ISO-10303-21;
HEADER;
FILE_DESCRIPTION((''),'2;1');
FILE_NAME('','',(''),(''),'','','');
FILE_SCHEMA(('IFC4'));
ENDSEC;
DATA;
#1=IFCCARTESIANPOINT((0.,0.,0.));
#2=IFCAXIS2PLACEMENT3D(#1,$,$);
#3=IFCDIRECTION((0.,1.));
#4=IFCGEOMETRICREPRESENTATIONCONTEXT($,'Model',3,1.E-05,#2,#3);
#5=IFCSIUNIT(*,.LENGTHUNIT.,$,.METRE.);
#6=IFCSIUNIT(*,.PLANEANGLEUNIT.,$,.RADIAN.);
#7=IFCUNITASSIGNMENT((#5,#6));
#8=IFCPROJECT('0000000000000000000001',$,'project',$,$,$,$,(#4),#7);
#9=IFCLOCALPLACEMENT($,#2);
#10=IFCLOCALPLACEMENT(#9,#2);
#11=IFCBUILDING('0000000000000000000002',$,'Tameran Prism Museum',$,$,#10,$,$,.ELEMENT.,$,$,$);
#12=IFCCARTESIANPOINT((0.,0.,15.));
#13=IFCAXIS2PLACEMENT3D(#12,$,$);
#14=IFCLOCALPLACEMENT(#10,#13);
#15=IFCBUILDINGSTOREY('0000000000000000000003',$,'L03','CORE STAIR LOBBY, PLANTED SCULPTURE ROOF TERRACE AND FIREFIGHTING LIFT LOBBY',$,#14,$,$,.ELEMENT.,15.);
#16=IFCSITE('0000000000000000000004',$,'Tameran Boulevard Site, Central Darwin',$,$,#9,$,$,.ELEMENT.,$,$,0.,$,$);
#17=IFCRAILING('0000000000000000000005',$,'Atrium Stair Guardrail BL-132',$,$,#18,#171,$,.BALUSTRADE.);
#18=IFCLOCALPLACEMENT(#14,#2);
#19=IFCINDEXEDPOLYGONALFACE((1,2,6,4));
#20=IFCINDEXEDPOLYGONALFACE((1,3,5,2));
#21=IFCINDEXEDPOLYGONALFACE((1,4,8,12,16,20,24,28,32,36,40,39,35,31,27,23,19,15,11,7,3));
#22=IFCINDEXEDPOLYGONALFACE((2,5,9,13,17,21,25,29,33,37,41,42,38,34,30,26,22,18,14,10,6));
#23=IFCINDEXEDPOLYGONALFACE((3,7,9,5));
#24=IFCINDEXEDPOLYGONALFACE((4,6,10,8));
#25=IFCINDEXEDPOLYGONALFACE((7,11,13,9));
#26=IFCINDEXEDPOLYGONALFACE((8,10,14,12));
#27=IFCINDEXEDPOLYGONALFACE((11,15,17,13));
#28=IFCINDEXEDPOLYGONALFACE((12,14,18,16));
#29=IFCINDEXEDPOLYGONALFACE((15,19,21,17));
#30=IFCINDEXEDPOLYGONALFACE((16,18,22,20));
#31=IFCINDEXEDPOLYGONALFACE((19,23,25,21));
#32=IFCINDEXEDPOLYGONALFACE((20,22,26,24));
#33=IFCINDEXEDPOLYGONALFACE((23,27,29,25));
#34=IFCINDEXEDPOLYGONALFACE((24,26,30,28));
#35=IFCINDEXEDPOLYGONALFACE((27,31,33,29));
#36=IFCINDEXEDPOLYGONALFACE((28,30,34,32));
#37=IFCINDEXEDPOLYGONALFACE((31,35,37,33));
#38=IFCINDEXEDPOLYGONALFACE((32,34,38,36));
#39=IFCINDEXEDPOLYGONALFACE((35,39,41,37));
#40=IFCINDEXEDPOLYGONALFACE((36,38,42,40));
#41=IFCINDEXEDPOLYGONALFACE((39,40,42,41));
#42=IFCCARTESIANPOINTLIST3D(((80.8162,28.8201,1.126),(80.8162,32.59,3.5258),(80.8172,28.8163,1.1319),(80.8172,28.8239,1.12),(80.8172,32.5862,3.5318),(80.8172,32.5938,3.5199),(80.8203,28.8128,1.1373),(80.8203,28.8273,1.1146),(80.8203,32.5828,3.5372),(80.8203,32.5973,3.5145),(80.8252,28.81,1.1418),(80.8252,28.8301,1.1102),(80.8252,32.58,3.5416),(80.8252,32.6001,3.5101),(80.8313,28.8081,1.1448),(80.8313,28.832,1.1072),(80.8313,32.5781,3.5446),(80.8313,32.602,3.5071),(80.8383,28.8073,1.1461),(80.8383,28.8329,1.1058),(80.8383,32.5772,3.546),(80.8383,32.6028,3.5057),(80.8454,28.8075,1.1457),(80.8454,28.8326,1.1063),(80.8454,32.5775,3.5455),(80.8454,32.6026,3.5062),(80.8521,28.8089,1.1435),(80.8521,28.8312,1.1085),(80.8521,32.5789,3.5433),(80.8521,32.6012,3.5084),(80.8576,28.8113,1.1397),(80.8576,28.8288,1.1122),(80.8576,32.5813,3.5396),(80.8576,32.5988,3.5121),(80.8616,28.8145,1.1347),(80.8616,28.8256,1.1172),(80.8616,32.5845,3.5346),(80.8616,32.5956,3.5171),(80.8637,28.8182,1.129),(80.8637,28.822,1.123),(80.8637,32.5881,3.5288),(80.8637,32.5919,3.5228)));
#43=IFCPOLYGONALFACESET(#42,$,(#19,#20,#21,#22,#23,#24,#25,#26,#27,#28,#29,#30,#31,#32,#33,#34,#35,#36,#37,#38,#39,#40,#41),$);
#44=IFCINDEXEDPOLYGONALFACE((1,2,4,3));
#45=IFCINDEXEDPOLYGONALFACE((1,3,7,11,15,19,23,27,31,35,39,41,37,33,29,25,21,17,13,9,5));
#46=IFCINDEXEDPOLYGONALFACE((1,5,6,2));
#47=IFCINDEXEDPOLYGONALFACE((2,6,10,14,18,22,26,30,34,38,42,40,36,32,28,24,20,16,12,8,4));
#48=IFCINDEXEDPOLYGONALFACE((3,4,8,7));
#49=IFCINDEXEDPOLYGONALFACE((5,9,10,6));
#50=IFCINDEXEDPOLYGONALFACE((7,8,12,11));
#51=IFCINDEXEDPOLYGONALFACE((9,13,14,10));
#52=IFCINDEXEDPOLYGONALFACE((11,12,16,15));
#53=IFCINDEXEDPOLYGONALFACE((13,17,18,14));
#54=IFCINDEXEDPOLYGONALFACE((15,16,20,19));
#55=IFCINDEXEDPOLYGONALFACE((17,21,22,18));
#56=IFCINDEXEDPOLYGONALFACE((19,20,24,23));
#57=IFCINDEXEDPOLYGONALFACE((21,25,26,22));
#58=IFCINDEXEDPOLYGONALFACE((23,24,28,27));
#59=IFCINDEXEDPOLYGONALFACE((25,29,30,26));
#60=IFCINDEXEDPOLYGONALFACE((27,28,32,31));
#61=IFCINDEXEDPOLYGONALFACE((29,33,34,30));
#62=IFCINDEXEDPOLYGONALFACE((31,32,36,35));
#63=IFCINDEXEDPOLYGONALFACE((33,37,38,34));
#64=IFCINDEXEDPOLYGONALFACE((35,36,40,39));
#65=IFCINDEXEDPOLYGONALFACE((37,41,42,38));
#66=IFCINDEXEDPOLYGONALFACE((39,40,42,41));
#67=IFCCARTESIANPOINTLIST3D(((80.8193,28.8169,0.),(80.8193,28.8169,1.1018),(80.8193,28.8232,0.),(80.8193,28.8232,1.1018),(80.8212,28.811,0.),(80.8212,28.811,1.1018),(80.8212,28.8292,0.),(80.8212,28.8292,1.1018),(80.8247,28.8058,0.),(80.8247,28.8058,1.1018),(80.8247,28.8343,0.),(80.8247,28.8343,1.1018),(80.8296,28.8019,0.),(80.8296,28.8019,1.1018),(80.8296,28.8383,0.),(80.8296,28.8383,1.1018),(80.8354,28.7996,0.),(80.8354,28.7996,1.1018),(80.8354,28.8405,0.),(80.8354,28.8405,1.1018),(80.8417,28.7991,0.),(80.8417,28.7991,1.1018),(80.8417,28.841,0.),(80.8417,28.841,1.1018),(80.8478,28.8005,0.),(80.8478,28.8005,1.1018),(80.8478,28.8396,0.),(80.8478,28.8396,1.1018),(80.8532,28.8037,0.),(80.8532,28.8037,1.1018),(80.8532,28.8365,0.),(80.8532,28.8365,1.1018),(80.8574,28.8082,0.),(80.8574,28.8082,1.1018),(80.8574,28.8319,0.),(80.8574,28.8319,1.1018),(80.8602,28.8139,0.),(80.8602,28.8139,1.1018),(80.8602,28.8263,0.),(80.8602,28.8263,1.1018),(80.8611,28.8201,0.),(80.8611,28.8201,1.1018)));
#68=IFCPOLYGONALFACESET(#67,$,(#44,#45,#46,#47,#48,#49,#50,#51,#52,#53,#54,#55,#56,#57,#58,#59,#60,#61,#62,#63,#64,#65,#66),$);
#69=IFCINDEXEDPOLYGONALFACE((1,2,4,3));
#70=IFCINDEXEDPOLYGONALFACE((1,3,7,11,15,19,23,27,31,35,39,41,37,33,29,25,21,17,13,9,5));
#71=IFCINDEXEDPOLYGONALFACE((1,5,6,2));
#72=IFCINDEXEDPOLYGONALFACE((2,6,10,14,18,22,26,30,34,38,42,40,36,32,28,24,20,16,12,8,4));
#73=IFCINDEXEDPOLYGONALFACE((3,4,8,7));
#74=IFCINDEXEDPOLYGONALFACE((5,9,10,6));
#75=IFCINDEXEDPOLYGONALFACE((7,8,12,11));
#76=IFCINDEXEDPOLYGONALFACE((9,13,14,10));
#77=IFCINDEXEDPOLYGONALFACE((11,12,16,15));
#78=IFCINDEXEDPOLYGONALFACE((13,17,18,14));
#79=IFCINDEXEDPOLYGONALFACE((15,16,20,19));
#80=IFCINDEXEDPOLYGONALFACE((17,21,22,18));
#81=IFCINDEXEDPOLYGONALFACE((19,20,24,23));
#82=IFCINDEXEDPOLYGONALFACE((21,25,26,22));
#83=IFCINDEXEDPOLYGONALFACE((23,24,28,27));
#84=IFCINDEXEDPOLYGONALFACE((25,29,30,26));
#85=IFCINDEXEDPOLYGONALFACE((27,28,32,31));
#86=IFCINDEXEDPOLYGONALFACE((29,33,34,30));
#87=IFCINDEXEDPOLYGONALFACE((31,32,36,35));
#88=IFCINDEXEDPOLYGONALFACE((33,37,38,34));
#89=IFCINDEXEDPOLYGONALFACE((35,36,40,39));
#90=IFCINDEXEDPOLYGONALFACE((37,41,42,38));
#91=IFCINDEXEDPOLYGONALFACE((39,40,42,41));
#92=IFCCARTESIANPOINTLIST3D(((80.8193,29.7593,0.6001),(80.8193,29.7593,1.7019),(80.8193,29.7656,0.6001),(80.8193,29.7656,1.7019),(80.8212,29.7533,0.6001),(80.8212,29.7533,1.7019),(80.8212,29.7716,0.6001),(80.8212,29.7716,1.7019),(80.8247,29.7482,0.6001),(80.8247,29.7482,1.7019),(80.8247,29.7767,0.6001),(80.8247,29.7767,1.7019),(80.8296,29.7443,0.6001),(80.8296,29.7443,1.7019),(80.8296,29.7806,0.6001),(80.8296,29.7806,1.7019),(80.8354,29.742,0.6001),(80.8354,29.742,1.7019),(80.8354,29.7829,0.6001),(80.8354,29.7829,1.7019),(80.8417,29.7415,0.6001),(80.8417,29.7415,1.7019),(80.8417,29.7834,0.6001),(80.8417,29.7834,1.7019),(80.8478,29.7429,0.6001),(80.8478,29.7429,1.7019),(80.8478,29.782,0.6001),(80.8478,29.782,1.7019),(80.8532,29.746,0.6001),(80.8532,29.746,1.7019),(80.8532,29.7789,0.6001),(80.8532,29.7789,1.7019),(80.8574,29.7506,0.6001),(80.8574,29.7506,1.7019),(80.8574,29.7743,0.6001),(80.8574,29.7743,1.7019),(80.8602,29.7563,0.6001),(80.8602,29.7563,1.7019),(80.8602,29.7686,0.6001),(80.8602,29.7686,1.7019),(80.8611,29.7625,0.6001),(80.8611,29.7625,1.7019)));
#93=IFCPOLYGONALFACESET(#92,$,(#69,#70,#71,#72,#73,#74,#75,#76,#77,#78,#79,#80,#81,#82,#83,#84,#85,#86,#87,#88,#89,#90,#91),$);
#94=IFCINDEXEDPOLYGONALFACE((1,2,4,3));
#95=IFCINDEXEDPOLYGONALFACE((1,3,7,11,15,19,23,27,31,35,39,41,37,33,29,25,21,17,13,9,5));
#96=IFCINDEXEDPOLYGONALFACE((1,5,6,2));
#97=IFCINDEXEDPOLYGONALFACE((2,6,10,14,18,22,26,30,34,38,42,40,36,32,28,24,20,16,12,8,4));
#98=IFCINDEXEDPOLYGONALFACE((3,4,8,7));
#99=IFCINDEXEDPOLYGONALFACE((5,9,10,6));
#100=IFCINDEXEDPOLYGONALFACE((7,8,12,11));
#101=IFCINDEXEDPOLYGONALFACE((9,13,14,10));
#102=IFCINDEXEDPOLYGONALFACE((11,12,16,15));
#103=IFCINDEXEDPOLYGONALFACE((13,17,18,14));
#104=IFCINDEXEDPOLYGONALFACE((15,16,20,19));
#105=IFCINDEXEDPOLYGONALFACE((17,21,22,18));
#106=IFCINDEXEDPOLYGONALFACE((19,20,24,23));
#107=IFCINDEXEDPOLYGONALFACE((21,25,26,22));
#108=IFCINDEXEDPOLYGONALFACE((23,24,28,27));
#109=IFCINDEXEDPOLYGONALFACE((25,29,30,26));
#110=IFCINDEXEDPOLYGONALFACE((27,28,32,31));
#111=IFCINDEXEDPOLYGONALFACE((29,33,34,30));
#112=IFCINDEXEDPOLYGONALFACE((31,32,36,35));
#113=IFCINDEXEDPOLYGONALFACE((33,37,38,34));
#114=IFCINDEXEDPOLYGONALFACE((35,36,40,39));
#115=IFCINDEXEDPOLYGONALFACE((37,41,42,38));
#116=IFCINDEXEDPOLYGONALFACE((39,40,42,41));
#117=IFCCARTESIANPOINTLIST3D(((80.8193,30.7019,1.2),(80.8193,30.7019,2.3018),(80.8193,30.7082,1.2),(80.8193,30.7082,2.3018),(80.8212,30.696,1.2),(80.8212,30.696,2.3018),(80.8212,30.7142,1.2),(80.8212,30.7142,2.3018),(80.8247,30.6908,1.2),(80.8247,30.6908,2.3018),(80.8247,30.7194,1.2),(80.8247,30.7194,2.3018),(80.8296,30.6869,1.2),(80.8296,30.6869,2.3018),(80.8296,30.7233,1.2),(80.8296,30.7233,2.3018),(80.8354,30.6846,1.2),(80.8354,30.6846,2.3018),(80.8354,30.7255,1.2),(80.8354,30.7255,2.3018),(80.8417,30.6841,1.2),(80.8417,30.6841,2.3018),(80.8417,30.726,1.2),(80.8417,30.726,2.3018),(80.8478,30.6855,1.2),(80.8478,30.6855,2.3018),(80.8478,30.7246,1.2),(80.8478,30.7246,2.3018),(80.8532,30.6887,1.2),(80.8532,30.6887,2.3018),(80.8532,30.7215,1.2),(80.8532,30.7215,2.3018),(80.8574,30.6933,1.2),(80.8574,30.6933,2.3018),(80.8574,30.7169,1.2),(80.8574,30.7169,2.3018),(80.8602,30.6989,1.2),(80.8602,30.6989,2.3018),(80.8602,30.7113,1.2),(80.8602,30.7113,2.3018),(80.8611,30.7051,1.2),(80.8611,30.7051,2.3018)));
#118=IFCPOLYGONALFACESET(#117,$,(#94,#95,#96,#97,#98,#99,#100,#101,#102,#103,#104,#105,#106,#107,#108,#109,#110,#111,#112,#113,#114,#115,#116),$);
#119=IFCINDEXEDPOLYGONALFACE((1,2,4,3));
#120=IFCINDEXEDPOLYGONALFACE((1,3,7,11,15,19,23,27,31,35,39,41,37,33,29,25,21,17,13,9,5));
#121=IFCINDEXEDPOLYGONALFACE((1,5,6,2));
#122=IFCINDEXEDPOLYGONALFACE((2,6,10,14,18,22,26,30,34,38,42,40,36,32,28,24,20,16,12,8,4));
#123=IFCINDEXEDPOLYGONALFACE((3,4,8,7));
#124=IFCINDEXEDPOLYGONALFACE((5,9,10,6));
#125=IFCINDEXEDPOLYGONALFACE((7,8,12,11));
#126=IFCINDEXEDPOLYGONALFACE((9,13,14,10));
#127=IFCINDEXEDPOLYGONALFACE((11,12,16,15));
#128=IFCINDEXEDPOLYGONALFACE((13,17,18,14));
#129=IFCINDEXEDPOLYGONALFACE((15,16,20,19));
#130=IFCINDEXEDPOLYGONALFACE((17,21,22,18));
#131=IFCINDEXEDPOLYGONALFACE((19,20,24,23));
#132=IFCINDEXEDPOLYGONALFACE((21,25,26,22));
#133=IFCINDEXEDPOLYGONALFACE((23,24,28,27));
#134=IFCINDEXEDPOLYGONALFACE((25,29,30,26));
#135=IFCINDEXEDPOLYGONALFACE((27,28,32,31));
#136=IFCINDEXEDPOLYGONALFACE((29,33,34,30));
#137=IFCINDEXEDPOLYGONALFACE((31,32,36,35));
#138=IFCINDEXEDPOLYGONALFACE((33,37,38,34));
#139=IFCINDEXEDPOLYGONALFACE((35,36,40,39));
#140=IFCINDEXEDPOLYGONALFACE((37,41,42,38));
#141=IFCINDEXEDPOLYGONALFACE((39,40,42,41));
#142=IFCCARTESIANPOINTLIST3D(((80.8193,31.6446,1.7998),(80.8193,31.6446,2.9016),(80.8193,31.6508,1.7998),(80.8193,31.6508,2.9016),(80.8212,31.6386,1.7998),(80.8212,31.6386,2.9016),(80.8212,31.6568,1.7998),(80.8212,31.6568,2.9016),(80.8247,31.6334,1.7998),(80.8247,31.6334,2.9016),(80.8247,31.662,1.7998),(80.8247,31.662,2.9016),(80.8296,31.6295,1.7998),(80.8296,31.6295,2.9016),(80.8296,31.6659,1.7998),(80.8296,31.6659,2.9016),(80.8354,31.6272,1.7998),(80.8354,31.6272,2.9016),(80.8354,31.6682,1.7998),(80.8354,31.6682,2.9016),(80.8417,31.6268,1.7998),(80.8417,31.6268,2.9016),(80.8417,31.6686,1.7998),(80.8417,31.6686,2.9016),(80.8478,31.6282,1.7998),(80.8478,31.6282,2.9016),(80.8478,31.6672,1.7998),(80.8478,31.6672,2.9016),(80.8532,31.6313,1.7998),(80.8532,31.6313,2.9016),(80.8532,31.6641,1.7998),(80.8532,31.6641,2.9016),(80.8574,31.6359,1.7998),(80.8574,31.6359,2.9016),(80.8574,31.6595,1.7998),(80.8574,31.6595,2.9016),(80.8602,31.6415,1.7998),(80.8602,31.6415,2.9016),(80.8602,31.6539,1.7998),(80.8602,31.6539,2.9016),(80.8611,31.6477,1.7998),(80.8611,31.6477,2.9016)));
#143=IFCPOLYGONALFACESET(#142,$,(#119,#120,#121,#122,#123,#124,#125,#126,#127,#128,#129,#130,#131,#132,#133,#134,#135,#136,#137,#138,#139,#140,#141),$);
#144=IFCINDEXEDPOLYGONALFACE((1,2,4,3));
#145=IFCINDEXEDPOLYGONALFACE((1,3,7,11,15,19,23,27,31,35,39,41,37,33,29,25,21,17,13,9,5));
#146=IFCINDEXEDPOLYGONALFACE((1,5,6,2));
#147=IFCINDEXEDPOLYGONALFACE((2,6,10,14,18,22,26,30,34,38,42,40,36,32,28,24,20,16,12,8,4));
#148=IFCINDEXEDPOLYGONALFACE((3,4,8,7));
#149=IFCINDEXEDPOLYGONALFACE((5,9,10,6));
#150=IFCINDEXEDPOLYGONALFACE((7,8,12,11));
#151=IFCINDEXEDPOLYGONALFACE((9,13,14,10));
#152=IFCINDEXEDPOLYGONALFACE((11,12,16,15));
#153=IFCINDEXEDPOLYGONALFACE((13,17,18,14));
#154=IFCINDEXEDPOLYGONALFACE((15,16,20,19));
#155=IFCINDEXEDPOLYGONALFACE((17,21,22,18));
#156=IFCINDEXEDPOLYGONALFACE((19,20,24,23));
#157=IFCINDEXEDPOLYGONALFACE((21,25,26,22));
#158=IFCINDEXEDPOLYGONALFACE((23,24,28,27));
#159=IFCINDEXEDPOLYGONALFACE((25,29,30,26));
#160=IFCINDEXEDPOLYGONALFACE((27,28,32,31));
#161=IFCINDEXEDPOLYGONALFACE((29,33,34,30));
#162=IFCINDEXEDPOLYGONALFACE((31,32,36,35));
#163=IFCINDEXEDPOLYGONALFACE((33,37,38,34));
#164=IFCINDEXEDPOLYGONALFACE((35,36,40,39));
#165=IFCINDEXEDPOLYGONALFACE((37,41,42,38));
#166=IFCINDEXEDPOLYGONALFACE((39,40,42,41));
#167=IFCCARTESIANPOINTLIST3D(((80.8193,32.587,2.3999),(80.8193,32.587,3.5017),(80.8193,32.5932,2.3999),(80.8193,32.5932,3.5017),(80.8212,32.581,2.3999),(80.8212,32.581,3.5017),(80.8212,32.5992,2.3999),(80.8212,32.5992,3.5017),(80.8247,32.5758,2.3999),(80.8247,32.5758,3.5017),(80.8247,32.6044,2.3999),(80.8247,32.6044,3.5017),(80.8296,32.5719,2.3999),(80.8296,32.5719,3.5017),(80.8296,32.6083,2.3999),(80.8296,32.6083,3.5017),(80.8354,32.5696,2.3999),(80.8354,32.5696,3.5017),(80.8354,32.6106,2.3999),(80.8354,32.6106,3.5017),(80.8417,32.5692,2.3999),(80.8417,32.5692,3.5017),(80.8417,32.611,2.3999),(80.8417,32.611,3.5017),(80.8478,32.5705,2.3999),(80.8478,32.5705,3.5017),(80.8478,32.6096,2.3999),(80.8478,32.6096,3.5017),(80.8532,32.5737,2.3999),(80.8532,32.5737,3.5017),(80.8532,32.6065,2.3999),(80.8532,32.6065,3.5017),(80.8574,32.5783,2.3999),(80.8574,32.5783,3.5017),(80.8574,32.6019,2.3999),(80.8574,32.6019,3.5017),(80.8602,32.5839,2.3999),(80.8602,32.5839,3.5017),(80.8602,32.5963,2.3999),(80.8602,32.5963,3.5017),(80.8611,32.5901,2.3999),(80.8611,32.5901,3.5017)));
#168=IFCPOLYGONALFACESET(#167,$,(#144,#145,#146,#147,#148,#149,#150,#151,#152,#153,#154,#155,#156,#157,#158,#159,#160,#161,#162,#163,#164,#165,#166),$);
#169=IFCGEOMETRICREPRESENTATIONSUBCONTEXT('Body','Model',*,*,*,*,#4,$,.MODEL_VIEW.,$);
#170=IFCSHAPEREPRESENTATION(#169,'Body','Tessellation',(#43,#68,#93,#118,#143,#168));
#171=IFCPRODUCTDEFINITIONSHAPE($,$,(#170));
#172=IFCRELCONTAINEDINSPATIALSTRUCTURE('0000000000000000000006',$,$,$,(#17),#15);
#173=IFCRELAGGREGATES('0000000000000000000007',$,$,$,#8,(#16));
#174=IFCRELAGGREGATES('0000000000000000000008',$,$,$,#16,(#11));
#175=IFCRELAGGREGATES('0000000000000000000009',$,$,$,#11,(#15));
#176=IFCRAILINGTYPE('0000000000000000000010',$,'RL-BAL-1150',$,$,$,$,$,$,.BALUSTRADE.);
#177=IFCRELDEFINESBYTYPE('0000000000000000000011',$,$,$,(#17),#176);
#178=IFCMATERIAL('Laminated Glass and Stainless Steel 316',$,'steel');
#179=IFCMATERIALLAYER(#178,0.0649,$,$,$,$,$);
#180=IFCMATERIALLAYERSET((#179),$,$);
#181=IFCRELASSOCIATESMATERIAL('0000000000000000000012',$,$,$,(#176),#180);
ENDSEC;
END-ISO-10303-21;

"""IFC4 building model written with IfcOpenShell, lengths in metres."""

from ifc_helpers import new_model, si_unit, direction, frame, origin, origin_2d, place, context, subcontext, project, spatial, circle, extrude, material, layer, layer_set, type_object, element, save


model = new_model("IFC4")

# Units and contexts
model_context = context("Model", 3, precision=1e-05, world=origin(), true_north=direction((0.0, 1.0)))
body_context = subcontext(model_context, "Body", "Model", "MODEL_VIEW")
ifc_project = project(units=[si_unit("LENGTHUNIT", "METRE"), si_unit("PLANEANGLEUNIT", "RADIAN")], contexts=[model_context])

# Site, building, storey
site_placement = place(None, origin())
site = spatial("IfcSite", under=ifc_project, at=site_placement, Name="Tameran Boulevard Site, Central Darwin", CompositionType="ELEMENT", RefElevation=0.0)
building_placement = place(site_placement, origin())
building = spatial("IfcBuilding", under=site, at=building_placement, Name="Tameran Prism Museum", CompositionType="ELEMENT")
storey_placement = place(building_placement, frame((0.0, 0.0, 15.0)))
storey = spatial("IfcBuildingStorey", under=building, at=storey_placement, Name="L03", Description="CORE STAIR LOBBY, PLANTED SCULPTURE ROOF TERRACE AND FIREFIGHTING LIFT LOBBY", CompositionType="ELEMENT", Elevation=15.0)

# Railing
ifc_material_1 = material(Name="Laminated Glass and Stainless Steel 316", Category="steel")
ifc_layer_1 = layer(ifc_material_1, 0.0649)
ifc_layer_set_1 = layer_set([ifc_layer_1])
railing_type = type_object("IfcRailingType", Name="RL-BAL-1150", PredefinedType="BALUSTRADE", material=ifc_layer_set_1)
railing_1_placement = place(storey_placement, frame((80.8401, 28.8201, 0.0)))
element("IfcRailing", 1, at=railing_1_placement, inside=storey, type_object=railing_type, Name="Atrium Stair Guardrail BL-132", PredefinedType="BALUSTRADE", context=body_context, shape_type="SweptSolid", body=[
    extrude(circle(Radius=0.0239, at=origin_2d()), frame((0.0, 0.0, 1.126), z_axis=(0.0, 0.84358, 0.537003), x_axis=(-1.0, 0.0, 0.0)), (0.0, 0.0, 1.0), 4.469),
    extrude(circle(Radius=0.021, at=origin_2d()), origin(), (0.0, 0.0, 1.0), 1.1018),
    extrude(circle(Radius=0.021, at=origin_2d()), frame((0.0, 0.9424, 0.6001)), (0.0, 0.0, 1.0), 1.1018),
    extrude(circle(Radius=0.021, at=origin_2d()), frame((0.0, 1.885, 1.2)), (0.0, 0.0, 1.0), 1.1018),
    extrude(circle(Radius=0.021, at=origin_2d()), frame((0.0, 2.8276, 1.7998)), (0.0, 0.0, 1.0), 1.1018),
    extrude(circle(Radius=0.021, at=origin_2d()), frame((0.0, 3.77, 2.3999)), (0.0, 0.0, 1.0), 1.1018),
])

save(model, "model.ifc")
